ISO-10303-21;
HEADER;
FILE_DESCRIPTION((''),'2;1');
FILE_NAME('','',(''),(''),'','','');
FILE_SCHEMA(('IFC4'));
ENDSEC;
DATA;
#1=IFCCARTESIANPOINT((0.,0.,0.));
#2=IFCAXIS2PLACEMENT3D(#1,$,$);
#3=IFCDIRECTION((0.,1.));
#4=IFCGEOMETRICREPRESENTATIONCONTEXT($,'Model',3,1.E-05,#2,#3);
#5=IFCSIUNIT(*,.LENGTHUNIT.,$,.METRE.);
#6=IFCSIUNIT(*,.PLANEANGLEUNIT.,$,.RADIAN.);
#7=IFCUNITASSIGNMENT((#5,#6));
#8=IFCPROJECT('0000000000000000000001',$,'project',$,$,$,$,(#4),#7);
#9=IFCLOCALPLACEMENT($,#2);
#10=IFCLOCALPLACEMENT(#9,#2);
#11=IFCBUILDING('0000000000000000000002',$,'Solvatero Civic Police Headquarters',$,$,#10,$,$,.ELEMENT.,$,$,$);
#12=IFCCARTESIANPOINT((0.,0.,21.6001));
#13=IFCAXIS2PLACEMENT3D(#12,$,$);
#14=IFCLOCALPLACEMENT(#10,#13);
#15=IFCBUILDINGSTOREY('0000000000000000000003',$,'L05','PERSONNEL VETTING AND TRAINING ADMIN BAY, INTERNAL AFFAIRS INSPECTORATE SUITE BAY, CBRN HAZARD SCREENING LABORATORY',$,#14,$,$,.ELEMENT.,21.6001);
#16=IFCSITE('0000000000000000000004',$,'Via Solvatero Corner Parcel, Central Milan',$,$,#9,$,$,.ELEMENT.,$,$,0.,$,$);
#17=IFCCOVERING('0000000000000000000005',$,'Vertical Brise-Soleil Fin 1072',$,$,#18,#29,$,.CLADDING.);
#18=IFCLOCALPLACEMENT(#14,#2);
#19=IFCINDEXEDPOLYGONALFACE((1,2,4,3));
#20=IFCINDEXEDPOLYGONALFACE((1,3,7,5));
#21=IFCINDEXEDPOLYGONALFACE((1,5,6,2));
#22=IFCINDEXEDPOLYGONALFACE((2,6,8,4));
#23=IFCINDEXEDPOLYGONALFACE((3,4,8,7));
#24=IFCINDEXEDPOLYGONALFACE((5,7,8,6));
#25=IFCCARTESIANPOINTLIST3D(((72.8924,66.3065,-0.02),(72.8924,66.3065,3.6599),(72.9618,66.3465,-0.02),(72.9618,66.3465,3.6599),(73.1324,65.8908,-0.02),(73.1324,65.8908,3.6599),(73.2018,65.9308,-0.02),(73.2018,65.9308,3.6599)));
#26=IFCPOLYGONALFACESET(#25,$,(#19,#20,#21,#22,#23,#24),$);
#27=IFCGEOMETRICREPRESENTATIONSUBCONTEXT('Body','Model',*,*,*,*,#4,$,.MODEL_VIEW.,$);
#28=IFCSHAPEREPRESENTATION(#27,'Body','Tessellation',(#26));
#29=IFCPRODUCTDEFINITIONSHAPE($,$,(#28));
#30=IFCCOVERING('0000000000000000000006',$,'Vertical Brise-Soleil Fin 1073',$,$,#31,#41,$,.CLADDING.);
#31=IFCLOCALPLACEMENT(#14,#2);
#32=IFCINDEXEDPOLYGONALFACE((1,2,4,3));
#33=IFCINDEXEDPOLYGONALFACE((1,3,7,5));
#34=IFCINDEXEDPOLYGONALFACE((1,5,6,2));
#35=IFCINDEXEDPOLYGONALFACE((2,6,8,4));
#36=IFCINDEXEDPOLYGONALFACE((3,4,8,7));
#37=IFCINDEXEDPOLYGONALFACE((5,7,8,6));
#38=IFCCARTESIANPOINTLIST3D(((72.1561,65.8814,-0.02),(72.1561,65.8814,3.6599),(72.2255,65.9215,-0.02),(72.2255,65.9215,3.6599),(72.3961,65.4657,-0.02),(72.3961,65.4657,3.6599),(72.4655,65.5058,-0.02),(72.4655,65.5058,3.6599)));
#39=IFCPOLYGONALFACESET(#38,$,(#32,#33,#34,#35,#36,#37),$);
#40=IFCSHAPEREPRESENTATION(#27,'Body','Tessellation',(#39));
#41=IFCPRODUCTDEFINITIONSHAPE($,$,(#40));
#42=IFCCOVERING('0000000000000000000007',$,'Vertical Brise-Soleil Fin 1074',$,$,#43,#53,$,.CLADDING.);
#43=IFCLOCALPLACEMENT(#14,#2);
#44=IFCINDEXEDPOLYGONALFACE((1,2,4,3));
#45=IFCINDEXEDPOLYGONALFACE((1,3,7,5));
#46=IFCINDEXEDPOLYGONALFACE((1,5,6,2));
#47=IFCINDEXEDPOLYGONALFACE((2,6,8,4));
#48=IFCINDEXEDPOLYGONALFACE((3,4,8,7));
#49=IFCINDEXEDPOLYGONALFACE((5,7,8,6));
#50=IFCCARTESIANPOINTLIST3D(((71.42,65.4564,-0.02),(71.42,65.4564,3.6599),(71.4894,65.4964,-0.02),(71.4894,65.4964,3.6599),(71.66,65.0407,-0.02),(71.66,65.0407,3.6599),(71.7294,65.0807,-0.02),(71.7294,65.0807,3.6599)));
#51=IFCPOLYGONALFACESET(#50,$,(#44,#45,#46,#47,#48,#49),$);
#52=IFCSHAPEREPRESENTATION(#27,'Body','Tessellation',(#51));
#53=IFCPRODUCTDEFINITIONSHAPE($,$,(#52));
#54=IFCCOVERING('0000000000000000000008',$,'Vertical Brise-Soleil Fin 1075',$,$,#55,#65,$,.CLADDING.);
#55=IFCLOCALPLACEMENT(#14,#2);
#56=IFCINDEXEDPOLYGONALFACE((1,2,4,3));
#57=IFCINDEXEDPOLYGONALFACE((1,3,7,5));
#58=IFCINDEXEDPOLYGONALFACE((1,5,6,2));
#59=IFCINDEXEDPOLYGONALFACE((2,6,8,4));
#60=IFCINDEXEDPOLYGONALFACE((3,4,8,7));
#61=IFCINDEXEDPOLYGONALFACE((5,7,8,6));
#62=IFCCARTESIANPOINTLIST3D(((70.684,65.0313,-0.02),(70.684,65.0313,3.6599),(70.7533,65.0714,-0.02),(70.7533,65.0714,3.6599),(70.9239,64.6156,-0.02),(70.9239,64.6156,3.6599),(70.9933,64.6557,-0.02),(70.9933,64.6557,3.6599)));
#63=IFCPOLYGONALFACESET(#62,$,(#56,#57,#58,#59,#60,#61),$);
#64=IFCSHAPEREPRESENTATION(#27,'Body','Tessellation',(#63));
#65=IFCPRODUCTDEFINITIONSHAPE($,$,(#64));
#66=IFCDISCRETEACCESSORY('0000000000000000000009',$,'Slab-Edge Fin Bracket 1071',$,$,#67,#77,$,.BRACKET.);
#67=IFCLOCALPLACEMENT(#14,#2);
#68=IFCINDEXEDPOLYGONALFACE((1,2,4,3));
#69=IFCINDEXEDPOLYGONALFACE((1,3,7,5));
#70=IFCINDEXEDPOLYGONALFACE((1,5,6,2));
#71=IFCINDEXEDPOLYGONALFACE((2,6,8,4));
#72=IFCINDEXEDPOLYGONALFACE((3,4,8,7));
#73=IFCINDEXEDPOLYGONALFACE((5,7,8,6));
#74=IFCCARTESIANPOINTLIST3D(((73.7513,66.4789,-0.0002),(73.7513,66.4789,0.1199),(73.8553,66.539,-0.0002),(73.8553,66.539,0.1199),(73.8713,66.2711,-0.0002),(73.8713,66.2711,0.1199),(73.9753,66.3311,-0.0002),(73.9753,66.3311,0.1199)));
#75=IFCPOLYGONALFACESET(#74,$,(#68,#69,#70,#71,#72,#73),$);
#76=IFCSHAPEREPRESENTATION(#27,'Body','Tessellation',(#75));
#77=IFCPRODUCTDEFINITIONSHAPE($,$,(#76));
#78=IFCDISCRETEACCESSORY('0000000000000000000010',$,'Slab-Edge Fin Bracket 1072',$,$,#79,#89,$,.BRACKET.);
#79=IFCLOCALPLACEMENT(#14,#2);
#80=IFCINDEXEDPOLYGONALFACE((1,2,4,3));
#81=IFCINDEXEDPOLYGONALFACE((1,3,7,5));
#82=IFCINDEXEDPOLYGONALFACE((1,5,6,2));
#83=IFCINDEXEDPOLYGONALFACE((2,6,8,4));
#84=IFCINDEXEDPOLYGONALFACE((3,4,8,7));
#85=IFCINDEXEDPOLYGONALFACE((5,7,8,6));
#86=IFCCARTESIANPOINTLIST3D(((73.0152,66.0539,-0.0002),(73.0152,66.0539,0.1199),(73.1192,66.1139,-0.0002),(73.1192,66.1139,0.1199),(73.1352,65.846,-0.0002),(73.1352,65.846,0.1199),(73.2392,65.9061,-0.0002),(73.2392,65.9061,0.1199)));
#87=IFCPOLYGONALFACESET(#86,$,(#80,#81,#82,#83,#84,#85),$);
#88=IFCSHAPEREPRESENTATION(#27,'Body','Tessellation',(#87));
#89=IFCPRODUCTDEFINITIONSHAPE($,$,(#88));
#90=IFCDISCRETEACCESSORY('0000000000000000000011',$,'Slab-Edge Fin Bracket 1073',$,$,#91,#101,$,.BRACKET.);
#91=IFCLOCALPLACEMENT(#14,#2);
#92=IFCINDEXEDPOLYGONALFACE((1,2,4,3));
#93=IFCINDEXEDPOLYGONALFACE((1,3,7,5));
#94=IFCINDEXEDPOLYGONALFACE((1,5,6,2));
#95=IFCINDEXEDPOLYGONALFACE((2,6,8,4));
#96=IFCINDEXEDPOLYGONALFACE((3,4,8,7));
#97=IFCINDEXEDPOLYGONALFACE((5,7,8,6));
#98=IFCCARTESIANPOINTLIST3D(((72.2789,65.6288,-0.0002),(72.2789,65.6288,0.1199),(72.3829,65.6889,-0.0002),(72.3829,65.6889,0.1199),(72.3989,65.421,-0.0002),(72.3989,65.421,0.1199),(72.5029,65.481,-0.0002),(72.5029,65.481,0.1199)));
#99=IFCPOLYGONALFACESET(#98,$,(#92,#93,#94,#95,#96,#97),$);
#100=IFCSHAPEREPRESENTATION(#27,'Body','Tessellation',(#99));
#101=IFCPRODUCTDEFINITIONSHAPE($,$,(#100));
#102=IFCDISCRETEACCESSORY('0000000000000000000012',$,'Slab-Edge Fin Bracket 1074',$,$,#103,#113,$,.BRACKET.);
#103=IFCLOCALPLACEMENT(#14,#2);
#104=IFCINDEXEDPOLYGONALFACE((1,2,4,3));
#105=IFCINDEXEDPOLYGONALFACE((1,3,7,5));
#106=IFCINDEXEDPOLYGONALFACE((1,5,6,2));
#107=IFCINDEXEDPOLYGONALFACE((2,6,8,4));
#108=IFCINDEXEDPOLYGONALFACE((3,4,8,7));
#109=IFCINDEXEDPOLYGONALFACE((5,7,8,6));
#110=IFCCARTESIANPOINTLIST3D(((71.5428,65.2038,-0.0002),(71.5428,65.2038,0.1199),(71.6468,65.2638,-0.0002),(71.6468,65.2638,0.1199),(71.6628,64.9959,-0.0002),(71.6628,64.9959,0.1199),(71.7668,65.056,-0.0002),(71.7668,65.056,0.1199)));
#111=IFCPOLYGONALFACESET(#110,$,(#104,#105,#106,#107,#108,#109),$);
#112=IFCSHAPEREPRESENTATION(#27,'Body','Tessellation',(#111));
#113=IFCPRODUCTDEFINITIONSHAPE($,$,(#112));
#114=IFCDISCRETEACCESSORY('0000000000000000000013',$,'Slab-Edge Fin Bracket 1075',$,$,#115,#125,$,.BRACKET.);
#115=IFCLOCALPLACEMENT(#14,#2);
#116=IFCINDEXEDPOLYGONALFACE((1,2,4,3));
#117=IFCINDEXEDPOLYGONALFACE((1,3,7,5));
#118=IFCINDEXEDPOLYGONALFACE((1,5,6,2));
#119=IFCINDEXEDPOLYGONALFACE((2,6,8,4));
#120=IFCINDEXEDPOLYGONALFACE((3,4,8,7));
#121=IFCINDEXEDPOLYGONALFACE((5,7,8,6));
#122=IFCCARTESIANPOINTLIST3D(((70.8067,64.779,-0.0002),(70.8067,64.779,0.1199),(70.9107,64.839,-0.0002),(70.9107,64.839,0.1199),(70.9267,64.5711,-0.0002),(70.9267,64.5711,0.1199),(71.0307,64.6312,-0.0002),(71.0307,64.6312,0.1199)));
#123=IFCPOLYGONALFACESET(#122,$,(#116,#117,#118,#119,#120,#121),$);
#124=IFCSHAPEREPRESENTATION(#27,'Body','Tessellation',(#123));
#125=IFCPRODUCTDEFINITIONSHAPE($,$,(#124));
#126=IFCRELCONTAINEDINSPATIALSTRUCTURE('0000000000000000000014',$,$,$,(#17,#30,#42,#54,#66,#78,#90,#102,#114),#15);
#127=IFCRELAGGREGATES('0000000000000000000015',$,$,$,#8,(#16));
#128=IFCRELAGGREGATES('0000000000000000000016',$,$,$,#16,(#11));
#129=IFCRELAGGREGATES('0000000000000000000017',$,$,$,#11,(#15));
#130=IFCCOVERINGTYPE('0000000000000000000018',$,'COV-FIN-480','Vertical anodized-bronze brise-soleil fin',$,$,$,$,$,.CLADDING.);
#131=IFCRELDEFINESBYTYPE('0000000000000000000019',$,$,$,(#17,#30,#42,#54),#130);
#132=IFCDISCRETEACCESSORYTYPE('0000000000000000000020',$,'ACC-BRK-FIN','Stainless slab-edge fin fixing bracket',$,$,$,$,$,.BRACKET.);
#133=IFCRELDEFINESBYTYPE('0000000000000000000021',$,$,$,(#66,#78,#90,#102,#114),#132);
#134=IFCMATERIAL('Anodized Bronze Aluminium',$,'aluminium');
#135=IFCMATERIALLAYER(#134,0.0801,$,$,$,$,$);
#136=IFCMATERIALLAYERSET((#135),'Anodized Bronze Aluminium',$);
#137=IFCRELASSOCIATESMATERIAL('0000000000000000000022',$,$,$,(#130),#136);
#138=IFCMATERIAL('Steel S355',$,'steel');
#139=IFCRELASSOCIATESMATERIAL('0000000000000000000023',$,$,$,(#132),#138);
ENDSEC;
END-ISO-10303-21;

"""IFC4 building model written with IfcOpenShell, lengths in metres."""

from ifc_helpers import new_model, si_unit, direction, frame, origin, origin_2d, place, context, subcontext, project, spatial, rectangle, extrude, material, layer, layer_set, type_object, element, save


model = new_model("IFC4")

# Units and contexts
model_context = context("Model", 3, precision=1e-05, world=origin(), true_north=direction((0.0, 1.0)))
body_context = subcontext(model_context, "Body", "Model", "MODEL_VIEW")
ifc_project = project(units=[si_unit("LENGTHUNIT", "METRE"), si_unit("PLANEANGLEUNIT", "RADIAN")], contexts=[model_context])

# Site, building, storey
site_placement = place(None, origin())
site = spatial("IfcSite", under=ifc_project, at=site_placement, Name="Via Solvatero Corner Parcel, Central Milan", CompositionType="ELEMENT", RefElevation=0.0)
building_placement = place(site_placement, origin())
building = spatial("IfcBuilding", under=site, at=building_placement, Name="Solvatero Civic Police Headquarters", CompositionType="ELEMENT")
storey_placement = place(building_placement, frame((0.0, 0.0, 21.6001)))
storey = spatial("IfcBuildingStorey", under=building, at=storey_placement, Name="L05", Description="PERSONNEL VETTING AND TRAINING ADMIN BAY, INTERNAL AFFAIRS INSPECTORATE SUITE BAY, CBRN HAZARD SCREENING LABORATORY", CompositionType="ELEMENT", Elevation=21.6001)

# Shared definitions
ifc_material_1 = material(Name="Steel S355", Category="steel")

# Shared definitions
ifc_material_2 = material(Name="Anodized Bronze Aluminium", Category="aluminium")

# Coverings
ifc_layer_1 = layer(ifc_material_2, 0.0801)
ifc_layer_set_1 = layer_set([ifc_layer_1], Name="Anodized Bronze Aluminium")
covering_type = type_object("IfcCoveringType", Name="COV-FIN-480", Description="Vertical anodized-bronze brise-soleil fin", PredefinedType="CLADDING", material=ifc_layer_set_1)
for number, where, z_axis, x_axis, name in (
    (1, (73.0471, 66.1187, -0.02), (0.0, 0.0, 1.0), (-0.866025, -0.5, 0.0), "Vertical Brise-Soleil Fin 1072"),
    (2, (72.3108, 65.6936, -0.02), (0.0, 0.0, 1.0), (-0.866025, -0.5, 0.0), "Vertical Brise-Soleil Fin 1073"),
    (3, (71.5747, 65.2686, -0.02), (0.0, 0.0, 1.0), (-0.866025, -0.5, 0.0), "Vertical Brise-Soleil Fin 1074"),
    (4, (70.8386, 64.8435, -0.02), (0.0, 0.0, 1.0), (-0.866025, -0.5, 0.0), "Vertical Brise-Soleil Fin 1075"),
):
    element("IfcCovering", number, at=place(storey_placement, frame(where, z_axis=z_axis, x_axis=x_axis)), inside=storey, type_object=covering_type, Name=name, PredefinedType="CLADDING", context=body_context, shape_type="SweptSolid", body=[
        extrude(rectangle(XDim=0.0801, YDim=0.48, at=origin_2d()), origin(), (0.0, 0.0, 1.0), 3.6799),
    ])

# Discrete accessories
discrete_accessory_type = type_object("IfcDiscreteAccessoryType", Name="ACC-BRK-FIN", Description="Stainless slab-edge fin fixing bracket", PredefinedType="BRACKET", material=ifc_material_1)
for number, where, z_axis, x_axis, name in (
    (5, (73.8633, 66.405, -0.0002), (0.0, 0.0, 1.0), (-0.866025, -0.5, 0.0), "Slab-Edge Fin Bracket 1071"),
    (6, (73.1272, 65.98, -0.0002), (0.0, 0.0, 1.0), (-0.866025, -0.5, 0.0), "Slab-Edge Fin Bracket 1072"),
    (7, (72.3909, 65.5549, -0.0002), (0.0, 0.0, 1.0), (-0.866025, -0.5, 0.0), "Slab-Edge Fin Bracket 1073"),
    (8, (71.6548, 65.1299, -0.0002), (0.0, 0.0, 1.0), (-0.866025, -0.5, 0.0), "Slab-Edge Fin Bracket 1074"),
    (9, (70.9187, 64.7051, -0.0002), (0.0, 0.0, 1.0), (-0.866025, -0.5, 0.0), "Slab-Edge Fin Bracket 1075"),
):
    element("IfcDiscreteAccessory", number, at=place(storey_placement, frame(where, z_axis=z_axis, x_axis=x_axis)), inside=storey, type_object=discrete_accessory_type, Name=name, PredefinedType="BRACKET", context=body_context, shape_type="SweptSolid", body=[
        extrude(rectangle(XDim=0.1201, YDim=0.24, at=origin_2d()), origin(), (0.0, 0.0, 1.0), 0.1201),
    ])

save(model, "model.ifc")
